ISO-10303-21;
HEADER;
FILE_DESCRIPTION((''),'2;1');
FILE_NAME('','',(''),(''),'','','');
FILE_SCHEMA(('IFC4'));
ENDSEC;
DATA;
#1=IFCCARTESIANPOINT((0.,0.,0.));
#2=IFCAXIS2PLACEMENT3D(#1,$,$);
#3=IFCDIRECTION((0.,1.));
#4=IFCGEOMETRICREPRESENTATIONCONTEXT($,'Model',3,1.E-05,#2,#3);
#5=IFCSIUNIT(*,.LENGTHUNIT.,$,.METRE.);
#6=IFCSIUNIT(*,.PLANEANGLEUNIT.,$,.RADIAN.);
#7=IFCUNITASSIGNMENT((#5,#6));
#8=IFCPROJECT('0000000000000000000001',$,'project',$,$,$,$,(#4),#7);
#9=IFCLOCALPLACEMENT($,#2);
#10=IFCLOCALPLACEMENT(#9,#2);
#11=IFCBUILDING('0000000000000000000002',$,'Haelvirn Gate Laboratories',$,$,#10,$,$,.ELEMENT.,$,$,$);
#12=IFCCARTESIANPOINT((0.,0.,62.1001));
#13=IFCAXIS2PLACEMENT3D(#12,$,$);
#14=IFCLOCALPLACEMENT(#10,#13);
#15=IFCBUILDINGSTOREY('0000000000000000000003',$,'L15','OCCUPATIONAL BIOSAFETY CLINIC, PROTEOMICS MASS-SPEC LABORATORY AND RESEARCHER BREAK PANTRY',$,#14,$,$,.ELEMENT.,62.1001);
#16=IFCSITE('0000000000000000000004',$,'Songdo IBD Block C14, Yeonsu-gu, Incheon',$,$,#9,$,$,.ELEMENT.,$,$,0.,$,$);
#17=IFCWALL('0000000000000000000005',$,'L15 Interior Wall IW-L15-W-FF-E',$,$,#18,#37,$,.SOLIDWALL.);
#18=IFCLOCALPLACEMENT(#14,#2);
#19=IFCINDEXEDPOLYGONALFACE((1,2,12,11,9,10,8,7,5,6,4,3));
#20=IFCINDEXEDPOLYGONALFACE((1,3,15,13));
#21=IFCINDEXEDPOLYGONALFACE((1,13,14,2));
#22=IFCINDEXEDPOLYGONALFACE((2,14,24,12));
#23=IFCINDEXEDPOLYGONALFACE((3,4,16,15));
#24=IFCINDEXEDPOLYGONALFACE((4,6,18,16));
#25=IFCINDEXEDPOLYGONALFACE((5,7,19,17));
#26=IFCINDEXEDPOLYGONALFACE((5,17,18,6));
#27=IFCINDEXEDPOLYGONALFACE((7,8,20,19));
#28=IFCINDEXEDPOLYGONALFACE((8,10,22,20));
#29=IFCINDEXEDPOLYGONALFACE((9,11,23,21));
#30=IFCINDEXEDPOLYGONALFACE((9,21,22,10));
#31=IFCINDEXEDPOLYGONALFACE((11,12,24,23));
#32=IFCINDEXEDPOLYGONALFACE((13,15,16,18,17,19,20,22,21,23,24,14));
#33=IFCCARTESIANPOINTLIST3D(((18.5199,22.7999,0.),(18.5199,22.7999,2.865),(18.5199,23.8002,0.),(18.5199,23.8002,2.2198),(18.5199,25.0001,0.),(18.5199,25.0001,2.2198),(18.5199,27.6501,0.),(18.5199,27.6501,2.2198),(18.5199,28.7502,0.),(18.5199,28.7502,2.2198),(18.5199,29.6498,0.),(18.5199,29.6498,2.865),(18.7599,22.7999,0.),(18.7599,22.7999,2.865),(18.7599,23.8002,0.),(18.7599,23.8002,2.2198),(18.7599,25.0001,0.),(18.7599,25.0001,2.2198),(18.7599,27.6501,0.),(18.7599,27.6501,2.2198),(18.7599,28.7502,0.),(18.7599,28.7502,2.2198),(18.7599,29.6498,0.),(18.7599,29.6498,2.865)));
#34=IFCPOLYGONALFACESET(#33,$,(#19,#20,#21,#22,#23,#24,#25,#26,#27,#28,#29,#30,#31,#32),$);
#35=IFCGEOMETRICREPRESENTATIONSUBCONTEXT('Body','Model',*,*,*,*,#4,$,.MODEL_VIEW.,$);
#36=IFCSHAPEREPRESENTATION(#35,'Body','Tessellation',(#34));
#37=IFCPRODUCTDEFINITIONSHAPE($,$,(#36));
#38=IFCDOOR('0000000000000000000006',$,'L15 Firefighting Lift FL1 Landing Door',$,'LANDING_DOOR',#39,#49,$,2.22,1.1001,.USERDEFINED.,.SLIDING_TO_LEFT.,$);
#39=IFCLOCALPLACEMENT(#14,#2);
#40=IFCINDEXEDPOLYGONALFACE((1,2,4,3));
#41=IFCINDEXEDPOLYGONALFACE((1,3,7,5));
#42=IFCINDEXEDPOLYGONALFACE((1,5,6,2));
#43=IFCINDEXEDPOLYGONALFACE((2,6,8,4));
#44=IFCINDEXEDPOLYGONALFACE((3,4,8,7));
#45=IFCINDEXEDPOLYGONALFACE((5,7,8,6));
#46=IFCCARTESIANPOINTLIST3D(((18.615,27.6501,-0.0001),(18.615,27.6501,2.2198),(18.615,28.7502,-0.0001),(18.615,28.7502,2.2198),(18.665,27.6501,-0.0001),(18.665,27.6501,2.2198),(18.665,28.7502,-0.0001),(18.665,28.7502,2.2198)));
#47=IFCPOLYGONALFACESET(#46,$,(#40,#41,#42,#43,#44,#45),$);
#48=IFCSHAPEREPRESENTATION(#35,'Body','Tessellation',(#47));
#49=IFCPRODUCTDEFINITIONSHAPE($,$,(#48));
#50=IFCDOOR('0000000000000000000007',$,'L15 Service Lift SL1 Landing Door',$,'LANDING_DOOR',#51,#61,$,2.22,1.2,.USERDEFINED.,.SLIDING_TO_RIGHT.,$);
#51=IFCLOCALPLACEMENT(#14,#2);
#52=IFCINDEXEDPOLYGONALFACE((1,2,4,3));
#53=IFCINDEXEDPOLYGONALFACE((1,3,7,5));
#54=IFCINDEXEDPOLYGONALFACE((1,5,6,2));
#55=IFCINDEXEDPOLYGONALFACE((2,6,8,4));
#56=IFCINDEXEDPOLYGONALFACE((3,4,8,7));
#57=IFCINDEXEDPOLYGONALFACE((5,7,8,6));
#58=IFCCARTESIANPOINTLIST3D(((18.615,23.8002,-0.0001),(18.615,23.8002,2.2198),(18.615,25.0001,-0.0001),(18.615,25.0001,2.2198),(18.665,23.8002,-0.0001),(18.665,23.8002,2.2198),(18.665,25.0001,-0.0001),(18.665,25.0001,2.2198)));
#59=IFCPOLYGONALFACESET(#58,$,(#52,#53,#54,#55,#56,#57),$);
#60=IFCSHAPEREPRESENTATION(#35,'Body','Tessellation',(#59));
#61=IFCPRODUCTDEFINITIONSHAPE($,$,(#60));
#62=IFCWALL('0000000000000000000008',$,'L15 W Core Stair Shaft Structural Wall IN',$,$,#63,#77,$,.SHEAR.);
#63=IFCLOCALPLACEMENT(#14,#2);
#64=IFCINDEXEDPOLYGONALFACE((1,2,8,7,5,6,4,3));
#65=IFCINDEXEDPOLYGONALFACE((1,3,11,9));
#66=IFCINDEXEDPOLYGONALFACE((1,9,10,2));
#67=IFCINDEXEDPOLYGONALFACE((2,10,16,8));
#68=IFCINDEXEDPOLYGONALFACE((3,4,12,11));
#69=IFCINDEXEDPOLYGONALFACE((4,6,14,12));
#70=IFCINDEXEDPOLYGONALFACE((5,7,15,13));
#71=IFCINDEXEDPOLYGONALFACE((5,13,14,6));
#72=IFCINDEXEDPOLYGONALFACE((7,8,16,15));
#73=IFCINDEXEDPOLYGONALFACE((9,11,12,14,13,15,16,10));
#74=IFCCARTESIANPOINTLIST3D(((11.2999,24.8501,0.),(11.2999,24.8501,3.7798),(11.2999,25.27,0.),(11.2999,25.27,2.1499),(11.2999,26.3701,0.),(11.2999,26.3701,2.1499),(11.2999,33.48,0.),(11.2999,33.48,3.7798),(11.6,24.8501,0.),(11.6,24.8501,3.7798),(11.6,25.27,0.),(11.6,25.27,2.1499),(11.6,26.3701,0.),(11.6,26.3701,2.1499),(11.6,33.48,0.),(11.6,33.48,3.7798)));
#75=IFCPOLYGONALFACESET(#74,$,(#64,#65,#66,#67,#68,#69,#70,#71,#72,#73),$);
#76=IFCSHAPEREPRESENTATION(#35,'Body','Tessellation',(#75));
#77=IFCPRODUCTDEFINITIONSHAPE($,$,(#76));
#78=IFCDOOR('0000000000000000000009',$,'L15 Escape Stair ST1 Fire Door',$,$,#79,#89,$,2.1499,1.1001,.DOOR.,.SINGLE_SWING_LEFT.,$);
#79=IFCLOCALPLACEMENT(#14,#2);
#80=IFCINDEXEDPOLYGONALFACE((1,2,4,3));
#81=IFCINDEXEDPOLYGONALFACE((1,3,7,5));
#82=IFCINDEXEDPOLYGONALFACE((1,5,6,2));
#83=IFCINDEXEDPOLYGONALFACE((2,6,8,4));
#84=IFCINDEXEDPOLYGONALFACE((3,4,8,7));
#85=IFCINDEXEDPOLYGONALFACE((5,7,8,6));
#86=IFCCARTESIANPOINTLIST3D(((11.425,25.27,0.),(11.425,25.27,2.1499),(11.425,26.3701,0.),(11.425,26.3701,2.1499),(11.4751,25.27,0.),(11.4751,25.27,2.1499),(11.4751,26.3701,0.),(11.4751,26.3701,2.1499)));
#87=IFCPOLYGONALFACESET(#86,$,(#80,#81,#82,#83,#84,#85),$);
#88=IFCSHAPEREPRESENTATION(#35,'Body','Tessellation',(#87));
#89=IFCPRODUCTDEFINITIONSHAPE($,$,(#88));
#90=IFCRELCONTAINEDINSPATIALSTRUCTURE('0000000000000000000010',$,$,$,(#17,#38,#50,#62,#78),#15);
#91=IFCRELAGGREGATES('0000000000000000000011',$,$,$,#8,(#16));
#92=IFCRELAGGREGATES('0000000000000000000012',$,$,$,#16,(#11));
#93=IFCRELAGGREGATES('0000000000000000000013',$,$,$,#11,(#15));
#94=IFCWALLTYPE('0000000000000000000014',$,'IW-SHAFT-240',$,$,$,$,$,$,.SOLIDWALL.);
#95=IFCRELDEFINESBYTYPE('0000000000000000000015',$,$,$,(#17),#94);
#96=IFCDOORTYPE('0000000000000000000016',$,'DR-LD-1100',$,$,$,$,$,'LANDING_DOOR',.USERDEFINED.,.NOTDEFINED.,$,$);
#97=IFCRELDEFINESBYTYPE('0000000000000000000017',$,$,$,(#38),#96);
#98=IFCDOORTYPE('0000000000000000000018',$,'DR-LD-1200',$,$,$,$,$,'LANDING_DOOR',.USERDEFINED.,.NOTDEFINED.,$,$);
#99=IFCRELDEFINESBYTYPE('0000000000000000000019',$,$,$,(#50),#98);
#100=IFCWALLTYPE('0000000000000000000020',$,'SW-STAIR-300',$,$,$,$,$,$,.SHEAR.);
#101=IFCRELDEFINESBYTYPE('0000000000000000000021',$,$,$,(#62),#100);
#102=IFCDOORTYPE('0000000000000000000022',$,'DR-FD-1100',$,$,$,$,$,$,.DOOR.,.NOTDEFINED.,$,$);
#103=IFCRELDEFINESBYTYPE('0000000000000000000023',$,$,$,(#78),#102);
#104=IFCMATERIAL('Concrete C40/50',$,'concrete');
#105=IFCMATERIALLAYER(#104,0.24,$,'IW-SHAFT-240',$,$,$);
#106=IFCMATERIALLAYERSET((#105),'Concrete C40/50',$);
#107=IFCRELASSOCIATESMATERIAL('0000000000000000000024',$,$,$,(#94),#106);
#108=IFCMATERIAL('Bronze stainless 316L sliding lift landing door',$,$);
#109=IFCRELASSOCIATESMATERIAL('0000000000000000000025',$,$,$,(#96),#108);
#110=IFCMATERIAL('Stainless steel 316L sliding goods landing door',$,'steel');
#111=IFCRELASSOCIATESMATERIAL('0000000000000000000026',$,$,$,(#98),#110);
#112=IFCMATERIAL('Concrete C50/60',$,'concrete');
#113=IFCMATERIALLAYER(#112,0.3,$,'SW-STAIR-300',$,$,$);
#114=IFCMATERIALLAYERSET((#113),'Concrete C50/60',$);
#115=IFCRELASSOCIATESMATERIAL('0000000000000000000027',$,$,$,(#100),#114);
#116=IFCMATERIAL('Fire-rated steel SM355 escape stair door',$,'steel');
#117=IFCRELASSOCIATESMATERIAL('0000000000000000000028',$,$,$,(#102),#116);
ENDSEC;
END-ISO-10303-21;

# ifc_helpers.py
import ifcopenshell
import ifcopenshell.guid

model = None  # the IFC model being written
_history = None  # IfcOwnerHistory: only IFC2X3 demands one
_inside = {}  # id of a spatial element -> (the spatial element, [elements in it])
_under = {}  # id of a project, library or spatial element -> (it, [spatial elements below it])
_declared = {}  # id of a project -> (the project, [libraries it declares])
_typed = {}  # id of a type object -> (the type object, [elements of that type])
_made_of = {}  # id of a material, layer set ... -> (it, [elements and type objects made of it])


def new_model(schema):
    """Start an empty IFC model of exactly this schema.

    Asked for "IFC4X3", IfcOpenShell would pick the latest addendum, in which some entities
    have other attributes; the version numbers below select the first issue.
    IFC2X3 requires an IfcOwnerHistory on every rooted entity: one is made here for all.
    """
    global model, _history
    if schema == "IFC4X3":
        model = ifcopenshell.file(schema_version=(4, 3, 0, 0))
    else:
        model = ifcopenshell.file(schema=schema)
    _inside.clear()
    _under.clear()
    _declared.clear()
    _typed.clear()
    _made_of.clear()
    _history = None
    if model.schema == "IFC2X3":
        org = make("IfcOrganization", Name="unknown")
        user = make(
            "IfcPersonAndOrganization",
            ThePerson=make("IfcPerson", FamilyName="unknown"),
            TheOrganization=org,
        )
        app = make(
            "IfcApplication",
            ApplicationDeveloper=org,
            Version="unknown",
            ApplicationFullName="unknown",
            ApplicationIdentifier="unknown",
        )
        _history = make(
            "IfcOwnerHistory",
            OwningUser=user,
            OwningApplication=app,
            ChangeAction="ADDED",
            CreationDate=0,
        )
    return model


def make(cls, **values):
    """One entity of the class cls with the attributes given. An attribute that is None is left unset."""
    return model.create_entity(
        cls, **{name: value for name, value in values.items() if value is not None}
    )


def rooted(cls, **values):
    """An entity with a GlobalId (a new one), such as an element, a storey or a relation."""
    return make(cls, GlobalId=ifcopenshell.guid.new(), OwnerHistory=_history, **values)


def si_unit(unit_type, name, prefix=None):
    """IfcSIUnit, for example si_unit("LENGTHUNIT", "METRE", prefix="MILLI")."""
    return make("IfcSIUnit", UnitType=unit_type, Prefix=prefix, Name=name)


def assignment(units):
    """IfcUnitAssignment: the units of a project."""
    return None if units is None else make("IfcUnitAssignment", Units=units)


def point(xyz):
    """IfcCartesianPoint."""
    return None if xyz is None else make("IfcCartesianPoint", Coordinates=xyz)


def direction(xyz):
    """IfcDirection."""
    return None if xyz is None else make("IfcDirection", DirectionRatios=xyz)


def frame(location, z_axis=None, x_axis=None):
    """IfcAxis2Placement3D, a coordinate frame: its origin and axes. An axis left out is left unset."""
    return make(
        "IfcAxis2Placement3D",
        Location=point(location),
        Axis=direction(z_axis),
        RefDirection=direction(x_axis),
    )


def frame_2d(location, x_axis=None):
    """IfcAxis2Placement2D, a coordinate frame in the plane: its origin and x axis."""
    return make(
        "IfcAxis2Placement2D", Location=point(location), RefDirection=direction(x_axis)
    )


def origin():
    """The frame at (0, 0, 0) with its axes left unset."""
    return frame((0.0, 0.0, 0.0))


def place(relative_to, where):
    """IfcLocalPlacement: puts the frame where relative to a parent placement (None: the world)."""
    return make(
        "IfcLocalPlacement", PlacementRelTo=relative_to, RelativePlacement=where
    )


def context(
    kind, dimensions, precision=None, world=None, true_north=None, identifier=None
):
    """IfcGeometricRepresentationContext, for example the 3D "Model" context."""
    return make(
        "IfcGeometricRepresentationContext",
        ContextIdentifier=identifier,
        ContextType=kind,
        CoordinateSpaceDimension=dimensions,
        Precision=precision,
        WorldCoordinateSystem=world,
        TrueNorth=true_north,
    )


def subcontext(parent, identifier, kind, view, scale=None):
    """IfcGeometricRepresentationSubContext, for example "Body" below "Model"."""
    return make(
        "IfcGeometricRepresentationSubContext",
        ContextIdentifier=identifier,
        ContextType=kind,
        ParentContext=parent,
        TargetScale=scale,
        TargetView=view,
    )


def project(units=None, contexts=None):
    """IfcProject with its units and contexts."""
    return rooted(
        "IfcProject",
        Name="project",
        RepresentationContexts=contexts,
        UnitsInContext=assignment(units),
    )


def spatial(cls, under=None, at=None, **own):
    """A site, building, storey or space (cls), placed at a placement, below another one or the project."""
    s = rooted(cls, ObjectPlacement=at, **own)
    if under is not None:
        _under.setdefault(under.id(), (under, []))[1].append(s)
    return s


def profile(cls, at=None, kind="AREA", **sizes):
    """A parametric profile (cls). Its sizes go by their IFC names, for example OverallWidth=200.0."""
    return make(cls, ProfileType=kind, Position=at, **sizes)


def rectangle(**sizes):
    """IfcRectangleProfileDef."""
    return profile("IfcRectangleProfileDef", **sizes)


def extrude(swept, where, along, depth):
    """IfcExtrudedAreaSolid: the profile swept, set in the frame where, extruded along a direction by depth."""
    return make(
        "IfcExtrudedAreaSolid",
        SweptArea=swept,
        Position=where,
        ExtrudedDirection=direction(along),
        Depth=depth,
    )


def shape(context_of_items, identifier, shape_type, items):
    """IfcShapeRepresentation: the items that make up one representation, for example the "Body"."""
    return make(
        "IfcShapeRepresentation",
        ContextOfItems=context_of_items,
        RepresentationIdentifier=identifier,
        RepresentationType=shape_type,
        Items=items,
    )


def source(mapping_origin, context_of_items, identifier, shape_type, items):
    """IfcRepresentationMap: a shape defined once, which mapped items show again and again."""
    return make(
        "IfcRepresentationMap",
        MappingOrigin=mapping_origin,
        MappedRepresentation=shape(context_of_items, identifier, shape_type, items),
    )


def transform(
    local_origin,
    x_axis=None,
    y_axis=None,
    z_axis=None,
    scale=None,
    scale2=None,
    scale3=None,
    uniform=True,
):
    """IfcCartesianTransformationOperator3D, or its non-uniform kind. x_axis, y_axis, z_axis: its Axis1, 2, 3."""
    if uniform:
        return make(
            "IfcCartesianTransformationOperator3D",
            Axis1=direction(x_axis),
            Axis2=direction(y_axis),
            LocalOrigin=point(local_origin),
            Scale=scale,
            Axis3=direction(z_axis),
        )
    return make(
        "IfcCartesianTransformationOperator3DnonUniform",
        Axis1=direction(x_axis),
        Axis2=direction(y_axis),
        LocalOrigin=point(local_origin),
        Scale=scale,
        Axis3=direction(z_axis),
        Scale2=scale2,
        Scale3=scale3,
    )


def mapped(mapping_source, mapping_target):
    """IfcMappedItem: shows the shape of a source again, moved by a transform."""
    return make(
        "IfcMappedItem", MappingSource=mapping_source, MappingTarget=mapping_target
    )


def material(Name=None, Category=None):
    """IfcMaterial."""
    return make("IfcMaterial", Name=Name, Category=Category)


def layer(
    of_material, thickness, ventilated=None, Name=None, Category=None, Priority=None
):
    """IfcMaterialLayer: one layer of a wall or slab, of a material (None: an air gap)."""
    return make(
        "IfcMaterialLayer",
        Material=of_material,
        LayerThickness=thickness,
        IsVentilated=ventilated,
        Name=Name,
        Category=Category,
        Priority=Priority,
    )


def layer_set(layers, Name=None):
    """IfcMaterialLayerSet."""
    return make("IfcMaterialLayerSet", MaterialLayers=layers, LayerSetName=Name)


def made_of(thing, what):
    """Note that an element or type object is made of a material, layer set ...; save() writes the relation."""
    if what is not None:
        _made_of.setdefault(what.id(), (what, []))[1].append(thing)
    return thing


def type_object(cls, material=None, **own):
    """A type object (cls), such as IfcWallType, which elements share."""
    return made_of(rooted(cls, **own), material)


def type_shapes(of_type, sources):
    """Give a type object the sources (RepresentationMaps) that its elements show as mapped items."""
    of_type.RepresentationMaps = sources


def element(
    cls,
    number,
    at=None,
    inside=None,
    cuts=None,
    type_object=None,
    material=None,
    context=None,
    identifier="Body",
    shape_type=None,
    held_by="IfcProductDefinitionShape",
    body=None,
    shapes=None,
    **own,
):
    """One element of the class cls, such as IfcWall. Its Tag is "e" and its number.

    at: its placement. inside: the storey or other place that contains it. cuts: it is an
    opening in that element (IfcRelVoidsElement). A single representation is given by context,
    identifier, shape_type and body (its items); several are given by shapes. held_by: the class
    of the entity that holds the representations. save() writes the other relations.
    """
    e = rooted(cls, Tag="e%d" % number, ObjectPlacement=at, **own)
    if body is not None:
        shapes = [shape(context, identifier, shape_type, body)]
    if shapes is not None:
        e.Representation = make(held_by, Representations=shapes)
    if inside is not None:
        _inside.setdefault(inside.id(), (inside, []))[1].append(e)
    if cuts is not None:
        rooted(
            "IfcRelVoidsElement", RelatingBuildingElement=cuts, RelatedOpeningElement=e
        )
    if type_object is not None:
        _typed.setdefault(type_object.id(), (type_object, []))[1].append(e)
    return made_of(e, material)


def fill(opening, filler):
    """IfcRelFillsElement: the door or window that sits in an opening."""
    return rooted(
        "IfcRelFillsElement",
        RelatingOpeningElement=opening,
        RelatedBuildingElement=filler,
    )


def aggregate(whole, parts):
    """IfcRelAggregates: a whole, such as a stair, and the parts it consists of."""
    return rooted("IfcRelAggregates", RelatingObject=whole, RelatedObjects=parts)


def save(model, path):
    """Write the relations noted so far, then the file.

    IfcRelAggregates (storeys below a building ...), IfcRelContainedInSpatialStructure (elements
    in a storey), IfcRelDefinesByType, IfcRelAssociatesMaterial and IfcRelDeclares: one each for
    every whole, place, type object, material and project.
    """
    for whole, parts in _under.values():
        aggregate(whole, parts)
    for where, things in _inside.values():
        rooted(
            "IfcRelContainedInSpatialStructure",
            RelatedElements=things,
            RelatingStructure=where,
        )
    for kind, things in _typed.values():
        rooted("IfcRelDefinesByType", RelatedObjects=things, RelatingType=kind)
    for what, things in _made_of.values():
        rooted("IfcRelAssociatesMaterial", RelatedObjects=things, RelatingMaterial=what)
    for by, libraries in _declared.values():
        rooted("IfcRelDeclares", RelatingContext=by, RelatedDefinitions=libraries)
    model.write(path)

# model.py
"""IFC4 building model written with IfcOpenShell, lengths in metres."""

from ifc_helpers import new_model, si_unit, direction, frame, frame_2d, origin, place, context, subcontext, project, spatial, rectangle, extrude, source, transform, mapped, material, layer, layer_set, type_object, type_shapes, element, fill, save


model = new_model("IFC4")

# Units and contexts
model_context = context("Model", 3, precision=1e-05, world=origin(), true_north=direction((0.0, 1.0)))
body_context = subcontext(model_context, "Body", "Model", "MODEL_VIEW")
ifc_project = project(units=[si_unit("LENGTHUNIT", "METRE"), si_unit("PLANEANGLEUNIT", "RADIAN")], contexts=[model_context])

# Site, building, storey
site_placement = place(None, origin())
site = spatial("IfcSite", under=ifc_project, at=site_placement, Name="Songdo IBD Block C14, Yeonsu-gu, Incheon", CompositionType="ELEMENT", RefElevation=0.0)
building_placement = place(site_placement, origin())
building = spatial("IfcBuilding", under=site, at=building_placement, Name="Haelvirn Gate Laboratories", CompositionType="ELEMENT")
storey_placement = place(building_placement, frame((0.0, 0.0, 62.1001)))
storey = spatial("IfcBuildingStorey", under=building, at=storey_placement, Name="L15", Description="OCCUPATIONAL BIOSAFETY CLINIC, PROTEOMICS MASS-SPEC LABORATORY AND RESEARCHER BREAK PANTRY", CompositionType="ELEMENT", Elevation=62.1001)

# Shared definitions
ifc_material_1 = material(Name="Concrete C40/50", Category="concrete")

# Shared definitions
ifc_layer_1 = layer(ifc_material_1, 0.24, Name="IW-SHAFT-240")
ifc_layer_set_1 = layer_set([ifc_layer_1], Name="Concrete C40/50")
wall_type_1 = type_object("IfcWallType", Name="IW-SHAFT-240", PredefinedType="SOLIDWALL", material=ifc_layer_set_1)

# Wall, openings, doors
wall_1_placement = place(storey_placement, frame((18.6399, 22.8, 0.0), z_axis=(0.0, 0.0, 1.0), x_axis=(0.0, 1.0, 0.0)))
wall_1 = element("IfcWall", 1, at=wall_1_placement, inside=storey, type_object=wall_type_1, Name="L15 Interior Wall IW-L15-W-FF-E", PredefinedType="SOLIDWALL", context=body_context, shape_type="SweptSolid", body=[
    extrude(rectangle(XDim=6.8499, YDim=0.24, at=frame_2d((3.4248, 0.0))), origin(), (0.0, 0.0, 1.0), 2.865),
])
opening_1_placement = place(wall_1_placement, frame((4.8501, 0.0, 0.0)))
opening_1 = element("IfcOpeningElement", 2, at=opening_1_placement, cuts=wall_1, PredefinedType="OPENING", context=body_context, shape_type="SweptSolid", body=[
    extrude(rectangle(XDim=1.1001, YDim=2.22, at=frame_2d((0.55, 1.1099))), frame((0.0, 0.1299, 0.0), z_axis=(0.0, -1.0, 0.0), x_axis=(1.0, 0.0, 0.0)), (0.0, 0.0, 1.0), 0.26),
])
opening_2_placement = place(wall_1_placement, frame((1.0, 0.0, 0.0)))
opening_2 = element("IfcOpeningElement", 3, at=opening_2_placement, cuts=wall_1, PredefinedType="OPENING", context=body_context, shape_type="SweptSolid", body=[
    extrude(rectangle(XDim=1.2, YDim=2.22, at=frame_2d((0.6001, 1.1099))), frame((0.0, 0.1299, 0.0), z_axis=(0.0, -1.0, 0.0), x_axis=(1.0, 0.0, 0.0)), (0.0, 0.0, 1.0), 0.26),
])
ifc_material_2 = material(Name="Bronze stainless 316L sliding lift landing door")
door_type_1 = type_object("IfcDoorType", Name="DR-LD-1100", ElementType="LANDING_DOOR", OperationType="NOTDEFINED", PredefinedType="USERDEFINED", material=ifc_material_2)
shared_shape_1 = source(origin(), body_context, "Body", "SweptSolid", [
    extrude(rectangle(XDim=1.1001, YDim=2.22, at=frame_2d((0.55, 1.1099))), frame((0.0, 0.0249, 0.0), z_axis=(0.0, -1.0, 0.0), x_axis=(1.0, 0.0, 0.0)), (0.0, 0.0, 1.0), 0.05),
])
type_shapes(door_type_1, [shared_shape_1])
door_1_placement = place(opening_1_placement, origin())
door_1 = element("IfcDoor", 4, at=door_1_placement, inside=storey, type_object=door_type_1, Name="L15 Firefighting Lift FL1 Landing Door", ObjectType="LANDING_DOOR", OperationType="SLIDING_TO_LEFT", OverallHeight=2.22, OverallWidth=1.1001, PredefinedType="USERDEFINED", context=body_context, shape_type="MappedRepresentation", body=[
    mapped(shared_shape_1, transform((0.0, 0.0, 0.0), scale=1.0)),
])
fill(opening_1, door_1)
ifc_material_3 = material(Name="Stainless steel 316L sliding goods landing door", Category="steel")
door_type_2 = type_object("IfcDoorType", Name="DR-LD-1200", ElementType="LANDING_DOOR", OperationType="NOTDEFINED", PredefinedType="USERDEFINED", material=ifc_material_3)
shared_shape_2 = source(origin(), body_context, "Body", "SweptSolid", [
    extrude(rectangle(XDim=1.2, YDim=2.22, at=frame_2d((0.6001, 1.1099))), frame((0.0, 0.0249, 0.0), z_axis=(0.0, -1.0, 0.0), x_axis=(1.0, 0.0, 0.0)), (0.0, 0.0, 1.0), 0.05),
])
type_shapes(door_type_2, [shared_shape_2])
door_2_placement = place(opening_2_placement, origin())
door_2 = element("IfcDoor", 5, at=door_2_placement, inside=storey, type_object=door_type_2, Name="L15 Service Lift SL1 Landing Door", ObjectType="LANDING_DOOR", OperationType="SLIDING_TO_RIGHT", OverallHeight=2.22, OverallWidth=1.2, PredefinedType="USERDEFINED", context=body_context, shape_type="MappedRepresentation", body=[
    mapped(shared_shape_2, transform((0.0, 0.0, 0.0), scale=1.0)),
])
fill(opening_2, door_2)

# Wall, opening, door
ifc_material_4 = material(Name="Concrete C50/60", Category="concrete")
ifc_layer_2 = layer(ifc_material_4, 0.3, Name="SW-STAIR-300")
ifc_layer_set_2 = layer_set([ifc_layer_2], Name="Concrete C50/60")
wall_type_2 = type_object("IfcWallType", Name="SW-STAIR-300", PredefinedType="SHEAR", material=ifc_layer_set_2)
wall_2_placement = place(storey_placement, frame((11.45, 24.8501, 0.0), z_axis=(0.0, 0.0, 1.0), x_axis=(0.0, 1.0, 0.0)))
wall_2 = element("IfcWall", 6, at=wall_2_placement, inside=storey, type_object=wall_type_2, Name="L15 W Core Stair Shaft Structural Wall IN", PredefinedType="SHEAR", context=body_context, shape_type="SweptSolid", body=[
    extrude(rectangle(XDim=8.6299, YDim=0.3, at=frame_2d((4.3149, 0.0))), origin(), (0.0, 0.0, 1.0), 3.7798),
])
opening_3_placement = place(wall_2_placement, frame((0.4199, 0.0, 0.0)))
opening_3 = element("IfcOpeningElement", 7, at=opening_3_placement, cuts=wall_2, PredefinedType="OPENING", context=body_context, shape_type="SweptSolid", body=[
    extrude(rectangle(XDim=1.1001, YDim=2.1499, at=frame_2d((0.55, 1.075))), frame((0.0, 0.1602, 0.0), z_axis=(0.0, -1.0, 0.0), x_axis=(1.0, 0.0, 0.0)), (0.0, 0.0, 1.0), 0.3201),
])
ifc_material_5 = material(Name="Fire-rated steel SM355 escape stair door", Category="steel")
door_type_3 = type_object("IfcDoorType", Name="DR-FD-1100", OperationType="NOTDEFINED", PredefinedType="DOOR", material=ifc_material_5)
shared_shape_3 = source(origin(), body_context, "Body", "SweptSolid", [
    extrude(rectangle(XDim=1.1001, YDim=2.1499, at=frame_2d((0.55, 1.075))), frame((0.0, 0.0249, 0.0), z_axis=(0.0, -1.0, 0.0), x_axis=(1.0, 0.0, 0.0)), (0.0, 0.0, 1.0), 0.05),
])
type_shapes(door_type_3, [shared_shape_3])
door_3_placement = place(opening_3_placement, origin())
door_3 = element("IfcDoor", 8, at=door_3_placement, inside=storey, type_object=door_type_3, Name="L15 Escape Stair ST1 Fire Door", OperationType="SINGLE_SWING_LEFT", OverallHeight=2.1499, OverallWidth=1.1001, PredefinedType="DOOR", context=body_context, shape_type="MappedRepresentation", body=[
    mapped(shared_shape_3, transform((0.0, 0.0, 0.0), scale=1.0)),
])
fill(opening_3, door_3)

save(model, "model.ifc")
